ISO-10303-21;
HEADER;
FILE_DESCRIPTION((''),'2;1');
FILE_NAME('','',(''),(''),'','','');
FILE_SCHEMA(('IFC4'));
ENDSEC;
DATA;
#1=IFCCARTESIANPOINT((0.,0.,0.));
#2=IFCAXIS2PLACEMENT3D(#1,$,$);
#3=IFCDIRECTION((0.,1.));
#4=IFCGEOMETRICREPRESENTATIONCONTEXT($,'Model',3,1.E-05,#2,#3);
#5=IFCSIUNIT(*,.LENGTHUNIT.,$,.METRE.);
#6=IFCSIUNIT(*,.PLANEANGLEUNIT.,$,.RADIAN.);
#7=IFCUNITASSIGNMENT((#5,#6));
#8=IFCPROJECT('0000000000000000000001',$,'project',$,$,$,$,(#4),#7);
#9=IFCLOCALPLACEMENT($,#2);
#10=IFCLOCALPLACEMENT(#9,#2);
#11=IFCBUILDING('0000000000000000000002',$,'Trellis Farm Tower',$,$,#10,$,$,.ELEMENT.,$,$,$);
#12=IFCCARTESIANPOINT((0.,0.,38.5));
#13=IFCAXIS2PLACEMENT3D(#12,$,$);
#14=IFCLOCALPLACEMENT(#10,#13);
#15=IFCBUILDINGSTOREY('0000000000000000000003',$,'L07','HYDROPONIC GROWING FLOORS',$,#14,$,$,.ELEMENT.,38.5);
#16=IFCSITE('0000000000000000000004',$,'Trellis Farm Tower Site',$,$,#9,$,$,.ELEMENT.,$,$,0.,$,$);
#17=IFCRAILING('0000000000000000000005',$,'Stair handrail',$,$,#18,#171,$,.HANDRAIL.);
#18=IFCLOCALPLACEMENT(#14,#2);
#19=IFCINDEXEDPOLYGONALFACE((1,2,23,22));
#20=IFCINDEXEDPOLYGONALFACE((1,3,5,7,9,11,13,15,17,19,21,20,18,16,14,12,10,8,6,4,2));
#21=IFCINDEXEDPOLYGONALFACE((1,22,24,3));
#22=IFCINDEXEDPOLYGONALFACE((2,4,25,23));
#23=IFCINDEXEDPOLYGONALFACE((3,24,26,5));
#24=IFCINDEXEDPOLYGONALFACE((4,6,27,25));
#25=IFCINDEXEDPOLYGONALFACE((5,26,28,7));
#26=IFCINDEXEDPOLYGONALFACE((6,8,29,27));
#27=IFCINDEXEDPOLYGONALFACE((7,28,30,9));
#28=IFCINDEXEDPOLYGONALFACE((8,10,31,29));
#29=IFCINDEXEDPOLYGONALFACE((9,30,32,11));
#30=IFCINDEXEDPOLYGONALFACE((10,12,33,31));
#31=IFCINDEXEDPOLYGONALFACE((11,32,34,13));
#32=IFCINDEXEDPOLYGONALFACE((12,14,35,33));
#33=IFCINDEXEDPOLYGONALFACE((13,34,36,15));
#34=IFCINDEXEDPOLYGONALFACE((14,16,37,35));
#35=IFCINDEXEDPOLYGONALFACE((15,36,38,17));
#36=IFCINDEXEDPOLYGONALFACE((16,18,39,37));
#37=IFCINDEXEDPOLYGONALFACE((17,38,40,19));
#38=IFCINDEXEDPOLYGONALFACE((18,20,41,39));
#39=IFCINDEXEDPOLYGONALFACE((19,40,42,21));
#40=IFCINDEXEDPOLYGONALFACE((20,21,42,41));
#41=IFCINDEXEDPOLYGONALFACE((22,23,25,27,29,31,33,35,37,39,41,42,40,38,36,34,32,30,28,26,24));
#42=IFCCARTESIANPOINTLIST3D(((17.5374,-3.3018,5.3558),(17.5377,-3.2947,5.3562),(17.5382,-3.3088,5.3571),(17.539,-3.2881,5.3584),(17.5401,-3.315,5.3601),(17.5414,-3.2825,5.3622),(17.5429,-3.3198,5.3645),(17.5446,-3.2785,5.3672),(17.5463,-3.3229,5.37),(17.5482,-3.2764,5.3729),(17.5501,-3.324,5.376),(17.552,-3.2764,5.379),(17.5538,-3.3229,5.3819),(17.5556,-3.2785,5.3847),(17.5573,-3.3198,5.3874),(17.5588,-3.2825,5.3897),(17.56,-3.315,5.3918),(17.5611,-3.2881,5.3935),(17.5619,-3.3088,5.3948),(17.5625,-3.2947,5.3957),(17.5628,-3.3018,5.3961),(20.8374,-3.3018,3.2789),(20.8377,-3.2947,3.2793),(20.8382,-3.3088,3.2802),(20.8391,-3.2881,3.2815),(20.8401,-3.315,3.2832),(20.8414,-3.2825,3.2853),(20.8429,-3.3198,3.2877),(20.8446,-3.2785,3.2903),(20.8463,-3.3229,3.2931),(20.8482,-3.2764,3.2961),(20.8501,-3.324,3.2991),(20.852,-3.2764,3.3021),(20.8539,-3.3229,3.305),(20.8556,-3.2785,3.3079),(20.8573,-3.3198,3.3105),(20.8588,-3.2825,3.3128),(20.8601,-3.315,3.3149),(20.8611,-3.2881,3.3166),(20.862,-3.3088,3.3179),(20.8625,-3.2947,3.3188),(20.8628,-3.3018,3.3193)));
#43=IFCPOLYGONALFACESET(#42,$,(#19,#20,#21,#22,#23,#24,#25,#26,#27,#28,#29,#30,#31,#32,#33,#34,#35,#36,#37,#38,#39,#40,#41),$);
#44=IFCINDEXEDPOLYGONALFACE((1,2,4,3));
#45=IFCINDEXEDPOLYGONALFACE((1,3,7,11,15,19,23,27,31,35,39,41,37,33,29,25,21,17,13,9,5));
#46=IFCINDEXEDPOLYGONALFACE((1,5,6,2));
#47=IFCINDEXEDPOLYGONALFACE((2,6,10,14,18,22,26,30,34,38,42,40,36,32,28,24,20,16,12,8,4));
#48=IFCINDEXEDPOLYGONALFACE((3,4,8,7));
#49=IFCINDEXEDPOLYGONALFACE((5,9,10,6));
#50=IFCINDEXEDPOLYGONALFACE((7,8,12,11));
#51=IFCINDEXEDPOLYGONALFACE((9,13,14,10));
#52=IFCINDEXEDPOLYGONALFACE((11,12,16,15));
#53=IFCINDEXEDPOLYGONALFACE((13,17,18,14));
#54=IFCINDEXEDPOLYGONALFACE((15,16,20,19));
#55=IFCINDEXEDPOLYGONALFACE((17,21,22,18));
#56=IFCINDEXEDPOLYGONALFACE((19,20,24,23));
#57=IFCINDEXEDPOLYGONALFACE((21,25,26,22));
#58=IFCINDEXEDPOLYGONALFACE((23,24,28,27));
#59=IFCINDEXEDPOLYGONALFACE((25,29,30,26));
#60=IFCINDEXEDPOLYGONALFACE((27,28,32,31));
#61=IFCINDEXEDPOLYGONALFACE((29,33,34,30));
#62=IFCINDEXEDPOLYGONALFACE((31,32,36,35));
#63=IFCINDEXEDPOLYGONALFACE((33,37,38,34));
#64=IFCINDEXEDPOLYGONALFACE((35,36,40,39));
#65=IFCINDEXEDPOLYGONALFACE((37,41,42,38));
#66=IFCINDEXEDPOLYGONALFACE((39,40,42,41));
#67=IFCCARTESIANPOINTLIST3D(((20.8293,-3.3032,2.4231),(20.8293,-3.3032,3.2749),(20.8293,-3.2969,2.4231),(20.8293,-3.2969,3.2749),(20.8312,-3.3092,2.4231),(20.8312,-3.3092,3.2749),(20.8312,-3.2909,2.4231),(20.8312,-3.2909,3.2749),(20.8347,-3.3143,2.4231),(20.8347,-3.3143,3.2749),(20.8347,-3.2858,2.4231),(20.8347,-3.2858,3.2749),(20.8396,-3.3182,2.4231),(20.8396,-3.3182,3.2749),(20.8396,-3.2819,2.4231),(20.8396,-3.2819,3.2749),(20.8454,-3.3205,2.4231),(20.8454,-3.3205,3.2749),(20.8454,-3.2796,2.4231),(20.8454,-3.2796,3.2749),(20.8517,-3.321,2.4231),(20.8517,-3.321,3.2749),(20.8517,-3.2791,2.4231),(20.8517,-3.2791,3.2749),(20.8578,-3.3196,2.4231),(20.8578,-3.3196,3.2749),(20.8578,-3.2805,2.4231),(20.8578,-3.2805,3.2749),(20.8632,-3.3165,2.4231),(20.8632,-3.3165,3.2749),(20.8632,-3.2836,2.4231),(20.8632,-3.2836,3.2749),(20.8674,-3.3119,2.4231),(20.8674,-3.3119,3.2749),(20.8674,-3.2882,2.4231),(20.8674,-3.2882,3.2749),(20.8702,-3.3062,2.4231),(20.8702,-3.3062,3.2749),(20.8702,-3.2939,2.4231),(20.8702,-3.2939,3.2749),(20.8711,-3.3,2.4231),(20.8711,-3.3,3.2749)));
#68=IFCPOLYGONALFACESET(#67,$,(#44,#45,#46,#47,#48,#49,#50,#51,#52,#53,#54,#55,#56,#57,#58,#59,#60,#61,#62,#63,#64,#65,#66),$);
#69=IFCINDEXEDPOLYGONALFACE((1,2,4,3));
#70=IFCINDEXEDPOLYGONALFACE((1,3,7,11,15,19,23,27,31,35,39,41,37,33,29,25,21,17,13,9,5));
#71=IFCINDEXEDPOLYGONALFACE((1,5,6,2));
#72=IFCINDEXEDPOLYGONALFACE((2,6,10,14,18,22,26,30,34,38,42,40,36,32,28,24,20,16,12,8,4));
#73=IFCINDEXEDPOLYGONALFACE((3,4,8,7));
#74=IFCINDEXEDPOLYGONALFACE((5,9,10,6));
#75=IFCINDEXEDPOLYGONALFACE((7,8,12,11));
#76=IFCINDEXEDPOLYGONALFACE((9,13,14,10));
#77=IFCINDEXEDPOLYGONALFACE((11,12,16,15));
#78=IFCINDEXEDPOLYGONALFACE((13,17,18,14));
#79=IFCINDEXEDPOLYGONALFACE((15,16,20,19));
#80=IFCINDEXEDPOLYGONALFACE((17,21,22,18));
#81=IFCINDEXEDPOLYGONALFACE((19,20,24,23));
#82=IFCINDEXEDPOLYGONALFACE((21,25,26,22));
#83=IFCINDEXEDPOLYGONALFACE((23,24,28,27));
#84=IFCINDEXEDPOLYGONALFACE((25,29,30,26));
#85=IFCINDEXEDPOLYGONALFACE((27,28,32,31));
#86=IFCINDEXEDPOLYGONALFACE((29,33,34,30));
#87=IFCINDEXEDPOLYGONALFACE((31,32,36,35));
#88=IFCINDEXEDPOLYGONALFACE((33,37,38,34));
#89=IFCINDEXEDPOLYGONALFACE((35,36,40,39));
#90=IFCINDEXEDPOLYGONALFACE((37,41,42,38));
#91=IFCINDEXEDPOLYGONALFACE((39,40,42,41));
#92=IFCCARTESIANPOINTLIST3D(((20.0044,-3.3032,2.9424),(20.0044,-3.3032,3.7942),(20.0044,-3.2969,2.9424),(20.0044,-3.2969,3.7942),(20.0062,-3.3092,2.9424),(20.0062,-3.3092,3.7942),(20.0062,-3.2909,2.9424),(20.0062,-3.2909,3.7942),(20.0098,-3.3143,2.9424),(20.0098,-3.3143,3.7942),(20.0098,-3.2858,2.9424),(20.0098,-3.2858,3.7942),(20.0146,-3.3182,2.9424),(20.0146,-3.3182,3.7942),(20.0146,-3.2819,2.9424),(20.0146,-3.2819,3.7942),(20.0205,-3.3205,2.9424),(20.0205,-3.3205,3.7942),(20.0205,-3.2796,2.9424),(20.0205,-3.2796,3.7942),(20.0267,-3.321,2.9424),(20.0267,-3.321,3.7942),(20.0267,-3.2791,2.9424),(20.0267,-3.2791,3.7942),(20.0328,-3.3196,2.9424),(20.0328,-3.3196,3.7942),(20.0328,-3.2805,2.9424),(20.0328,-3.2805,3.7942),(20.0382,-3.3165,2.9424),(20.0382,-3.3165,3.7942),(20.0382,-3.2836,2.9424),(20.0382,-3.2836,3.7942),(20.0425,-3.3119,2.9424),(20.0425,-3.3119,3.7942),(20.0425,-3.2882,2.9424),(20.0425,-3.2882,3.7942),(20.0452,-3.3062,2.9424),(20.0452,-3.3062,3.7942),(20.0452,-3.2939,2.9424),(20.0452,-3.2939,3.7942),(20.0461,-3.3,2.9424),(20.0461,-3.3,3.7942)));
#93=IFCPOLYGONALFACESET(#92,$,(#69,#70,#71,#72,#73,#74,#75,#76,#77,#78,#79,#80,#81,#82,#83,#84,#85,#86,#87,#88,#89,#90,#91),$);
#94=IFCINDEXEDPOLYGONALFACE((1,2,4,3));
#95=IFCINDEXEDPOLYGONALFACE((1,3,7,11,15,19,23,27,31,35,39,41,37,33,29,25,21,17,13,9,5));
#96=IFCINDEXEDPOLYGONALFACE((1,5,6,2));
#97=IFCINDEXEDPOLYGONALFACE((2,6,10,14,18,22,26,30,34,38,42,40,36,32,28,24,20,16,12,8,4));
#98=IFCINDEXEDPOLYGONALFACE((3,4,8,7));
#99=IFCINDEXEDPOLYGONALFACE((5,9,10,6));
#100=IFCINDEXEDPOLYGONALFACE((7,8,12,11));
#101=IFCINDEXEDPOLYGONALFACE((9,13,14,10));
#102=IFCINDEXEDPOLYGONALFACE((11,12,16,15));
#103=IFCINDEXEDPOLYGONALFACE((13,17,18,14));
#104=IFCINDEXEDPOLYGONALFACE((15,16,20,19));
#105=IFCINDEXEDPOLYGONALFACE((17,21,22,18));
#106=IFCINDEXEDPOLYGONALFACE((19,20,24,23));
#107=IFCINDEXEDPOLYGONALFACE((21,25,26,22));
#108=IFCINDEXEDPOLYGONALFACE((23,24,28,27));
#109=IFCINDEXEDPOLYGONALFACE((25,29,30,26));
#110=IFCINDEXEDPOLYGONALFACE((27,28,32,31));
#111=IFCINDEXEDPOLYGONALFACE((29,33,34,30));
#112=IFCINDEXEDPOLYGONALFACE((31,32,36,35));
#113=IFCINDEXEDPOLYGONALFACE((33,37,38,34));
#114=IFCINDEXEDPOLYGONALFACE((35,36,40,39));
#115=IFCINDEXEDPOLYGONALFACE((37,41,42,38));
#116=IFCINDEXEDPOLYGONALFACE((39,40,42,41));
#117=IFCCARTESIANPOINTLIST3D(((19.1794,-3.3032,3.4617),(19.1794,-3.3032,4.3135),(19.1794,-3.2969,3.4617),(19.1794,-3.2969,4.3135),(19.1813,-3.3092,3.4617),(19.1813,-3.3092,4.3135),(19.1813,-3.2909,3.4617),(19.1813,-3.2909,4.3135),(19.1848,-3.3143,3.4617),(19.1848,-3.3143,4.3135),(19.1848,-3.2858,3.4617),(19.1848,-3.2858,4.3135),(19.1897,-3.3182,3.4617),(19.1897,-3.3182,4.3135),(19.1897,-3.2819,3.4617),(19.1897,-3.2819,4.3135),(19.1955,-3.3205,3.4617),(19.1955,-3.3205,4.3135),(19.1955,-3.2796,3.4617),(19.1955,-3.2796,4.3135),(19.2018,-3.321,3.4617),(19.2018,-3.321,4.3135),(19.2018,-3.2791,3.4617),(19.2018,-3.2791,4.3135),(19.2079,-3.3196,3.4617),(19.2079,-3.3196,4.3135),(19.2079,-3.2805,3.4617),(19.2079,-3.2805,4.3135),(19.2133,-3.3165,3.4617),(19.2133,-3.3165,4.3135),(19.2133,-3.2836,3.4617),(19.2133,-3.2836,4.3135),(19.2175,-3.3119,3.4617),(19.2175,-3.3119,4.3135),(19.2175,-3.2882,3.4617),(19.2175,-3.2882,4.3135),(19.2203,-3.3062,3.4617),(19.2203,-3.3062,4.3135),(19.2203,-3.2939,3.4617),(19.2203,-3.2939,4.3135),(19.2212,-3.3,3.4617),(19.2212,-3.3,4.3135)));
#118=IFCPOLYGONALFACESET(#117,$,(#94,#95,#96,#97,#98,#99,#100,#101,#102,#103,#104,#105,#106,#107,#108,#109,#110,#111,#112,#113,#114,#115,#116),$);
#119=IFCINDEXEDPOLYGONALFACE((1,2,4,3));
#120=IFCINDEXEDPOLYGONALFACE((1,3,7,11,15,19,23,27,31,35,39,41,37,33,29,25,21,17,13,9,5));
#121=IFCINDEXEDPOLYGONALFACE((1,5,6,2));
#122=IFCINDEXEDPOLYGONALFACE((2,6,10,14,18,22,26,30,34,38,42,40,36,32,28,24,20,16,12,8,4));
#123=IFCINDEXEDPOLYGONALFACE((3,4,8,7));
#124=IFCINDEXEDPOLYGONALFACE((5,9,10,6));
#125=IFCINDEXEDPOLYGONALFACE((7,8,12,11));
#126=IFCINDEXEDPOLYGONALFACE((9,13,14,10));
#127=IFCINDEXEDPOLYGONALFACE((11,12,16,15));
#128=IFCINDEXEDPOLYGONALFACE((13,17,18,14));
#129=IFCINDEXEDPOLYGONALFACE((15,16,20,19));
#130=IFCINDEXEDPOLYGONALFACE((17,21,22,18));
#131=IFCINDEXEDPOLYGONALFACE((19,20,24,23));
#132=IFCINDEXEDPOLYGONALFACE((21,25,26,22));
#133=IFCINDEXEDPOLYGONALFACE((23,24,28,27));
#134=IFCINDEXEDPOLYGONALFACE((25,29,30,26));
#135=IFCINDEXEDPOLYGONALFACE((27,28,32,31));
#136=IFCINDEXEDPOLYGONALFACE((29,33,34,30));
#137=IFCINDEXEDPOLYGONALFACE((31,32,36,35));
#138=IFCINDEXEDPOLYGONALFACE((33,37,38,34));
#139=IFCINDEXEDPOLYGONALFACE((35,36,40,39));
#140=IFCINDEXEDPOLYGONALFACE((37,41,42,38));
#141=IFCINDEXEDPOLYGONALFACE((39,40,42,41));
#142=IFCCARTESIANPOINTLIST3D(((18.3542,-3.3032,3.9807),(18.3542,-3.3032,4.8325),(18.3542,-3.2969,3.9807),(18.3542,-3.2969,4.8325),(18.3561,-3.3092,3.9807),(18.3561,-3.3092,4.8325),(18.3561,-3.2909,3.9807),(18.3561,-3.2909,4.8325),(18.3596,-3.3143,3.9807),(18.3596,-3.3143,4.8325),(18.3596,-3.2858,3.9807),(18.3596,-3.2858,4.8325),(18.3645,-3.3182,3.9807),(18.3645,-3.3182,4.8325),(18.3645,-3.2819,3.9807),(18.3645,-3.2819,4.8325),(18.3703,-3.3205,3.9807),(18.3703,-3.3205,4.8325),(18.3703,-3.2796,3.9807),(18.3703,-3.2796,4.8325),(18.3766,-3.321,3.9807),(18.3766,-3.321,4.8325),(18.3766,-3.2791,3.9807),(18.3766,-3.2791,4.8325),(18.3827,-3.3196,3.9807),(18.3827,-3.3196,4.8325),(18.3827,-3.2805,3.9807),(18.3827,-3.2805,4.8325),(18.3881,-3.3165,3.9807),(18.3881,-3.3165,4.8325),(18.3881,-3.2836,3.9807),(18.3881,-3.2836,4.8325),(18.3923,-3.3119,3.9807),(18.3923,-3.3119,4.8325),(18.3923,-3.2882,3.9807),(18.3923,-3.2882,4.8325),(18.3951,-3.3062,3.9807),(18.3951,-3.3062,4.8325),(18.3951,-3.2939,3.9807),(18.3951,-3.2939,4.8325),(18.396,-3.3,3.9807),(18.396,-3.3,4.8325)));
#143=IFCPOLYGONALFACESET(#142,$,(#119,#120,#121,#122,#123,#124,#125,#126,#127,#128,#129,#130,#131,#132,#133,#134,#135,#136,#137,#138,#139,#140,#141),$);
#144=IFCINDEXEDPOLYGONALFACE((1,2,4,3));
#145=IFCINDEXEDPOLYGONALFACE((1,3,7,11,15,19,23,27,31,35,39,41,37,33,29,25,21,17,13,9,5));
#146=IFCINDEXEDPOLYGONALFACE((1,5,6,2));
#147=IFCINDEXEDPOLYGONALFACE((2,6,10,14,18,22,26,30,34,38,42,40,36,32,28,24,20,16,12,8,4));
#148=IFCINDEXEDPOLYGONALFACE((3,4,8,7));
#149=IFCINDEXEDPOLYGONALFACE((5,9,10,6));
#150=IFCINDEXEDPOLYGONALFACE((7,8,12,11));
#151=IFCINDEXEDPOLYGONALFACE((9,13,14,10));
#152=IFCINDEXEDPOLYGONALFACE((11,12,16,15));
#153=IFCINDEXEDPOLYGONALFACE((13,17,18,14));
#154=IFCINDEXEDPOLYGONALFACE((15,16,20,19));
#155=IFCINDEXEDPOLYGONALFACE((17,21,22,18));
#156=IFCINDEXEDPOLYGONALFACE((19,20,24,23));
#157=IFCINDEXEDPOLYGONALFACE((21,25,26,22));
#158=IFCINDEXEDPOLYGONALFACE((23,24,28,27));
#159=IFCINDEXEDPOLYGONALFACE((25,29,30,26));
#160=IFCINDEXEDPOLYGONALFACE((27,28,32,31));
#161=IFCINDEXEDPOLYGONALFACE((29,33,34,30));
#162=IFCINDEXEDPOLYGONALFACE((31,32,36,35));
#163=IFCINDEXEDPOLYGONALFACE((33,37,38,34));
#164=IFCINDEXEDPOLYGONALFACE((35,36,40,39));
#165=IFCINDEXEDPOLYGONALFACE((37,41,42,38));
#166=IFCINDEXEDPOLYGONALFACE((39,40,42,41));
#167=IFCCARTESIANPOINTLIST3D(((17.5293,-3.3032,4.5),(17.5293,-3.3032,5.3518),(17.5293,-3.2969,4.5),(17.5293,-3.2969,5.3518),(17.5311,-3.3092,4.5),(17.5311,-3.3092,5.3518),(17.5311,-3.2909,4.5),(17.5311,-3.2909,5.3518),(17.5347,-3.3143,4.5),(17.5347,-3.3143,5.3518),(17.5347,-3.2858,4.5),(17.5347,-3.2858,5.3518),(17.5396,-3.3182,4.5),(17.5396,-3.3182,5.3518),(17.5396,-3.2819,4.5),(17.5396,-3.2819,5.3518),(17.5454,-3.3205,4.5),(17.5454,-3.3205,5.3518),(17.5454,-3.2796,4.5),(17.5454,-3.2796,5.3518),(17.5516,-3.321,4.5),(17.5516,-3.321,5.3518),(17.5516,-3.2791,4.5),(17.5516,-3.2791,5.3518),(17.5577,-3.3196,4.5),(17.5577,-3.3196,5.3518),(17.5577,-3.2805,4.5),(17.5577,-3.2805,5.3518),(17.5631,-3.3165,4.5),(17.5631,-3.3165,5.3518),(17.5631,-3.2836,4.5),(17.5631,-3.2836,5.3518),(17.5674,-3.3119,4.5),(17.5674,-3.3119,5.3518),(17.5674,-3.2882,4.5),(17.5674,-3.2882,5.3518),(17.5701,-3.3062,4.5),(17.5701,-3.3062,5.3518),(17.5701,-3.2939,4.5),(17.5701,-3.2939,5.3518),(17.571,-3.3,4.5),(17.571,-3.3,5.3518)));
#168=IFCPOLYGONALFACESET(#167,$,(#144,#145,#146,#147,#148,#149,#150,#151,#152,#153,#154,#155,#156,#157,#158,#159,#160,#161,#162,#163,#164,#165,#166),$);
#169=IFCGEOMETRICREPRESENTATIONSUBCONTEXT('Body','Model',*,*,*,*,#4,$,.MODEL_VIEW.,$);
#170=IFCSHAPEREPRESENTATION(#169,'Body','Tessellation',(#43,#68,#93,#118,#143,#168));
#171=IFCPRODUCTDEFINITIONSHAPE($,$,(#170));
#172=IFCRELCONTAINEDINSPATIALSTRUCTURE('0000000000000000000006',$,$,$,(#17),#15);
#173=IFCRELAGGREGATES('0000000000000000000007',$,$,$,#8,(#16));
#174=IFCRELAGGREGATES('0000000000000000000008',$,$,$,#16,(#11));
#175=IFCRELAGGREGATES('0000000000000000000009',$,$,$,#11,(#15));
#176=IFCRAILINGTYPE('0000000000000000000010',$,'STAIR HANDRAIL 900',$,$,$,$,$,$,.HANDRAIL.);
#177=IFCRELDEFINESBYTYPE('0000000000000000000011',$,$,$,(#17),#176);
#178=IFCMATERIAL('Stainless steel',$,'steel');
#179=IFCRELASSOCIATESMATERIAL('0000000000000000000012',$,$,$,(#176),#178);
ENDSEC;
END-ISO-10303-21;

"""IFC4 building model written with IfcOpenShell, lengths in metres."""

from ifc_helpers import new_model, si_unit, direction, frame, origin, origin_2d, place, context, subcontext, project, spatial, circle, extrude, source, transform, mapped, material, type_object, element, save


model = new_model("IFC4")

# Units and contexts
model_context = context("Model", 3, precision=1e-05, world=origin(), true_north=direction((0.0, 1.0)))
body_context = subcontext(model_context, "Body", "Model", "MODEL_VIEW")
ifc_project = project(units=[si_unit("LENGTHUNIT", "METRE"), si_unit("PLANEANGLEUNIT", "RADIAN")], contexts=[model_context])

# Site, building, storey
site_placement = place(None, origin())
site = spatial("IfcSite", under=ifc_project, at=site_placement, Name="Trellis Farm Tower Site", CompositionType="ELEMENT", RefElevation=0.0)
building_placement = place(site_placement, origin())
building = spatial("IfcBuilding", under=site, at=building_placement, Name="Trellis Farm Tower", CompositionType="ELEMENT")
storey_placement = place(building_placement, frame((0.0, 0.0, 38.5)))
storey = spatial("IfcBuildingStorey", under=building, at=storey_placement, Name="L07", Description="HYDROPONIC GROWING FLOORS", CompositionType="ELEMENT", Elevation=38.5)

# Railing
ifc_material_1 = material(Name="Stainless steel", Category="steel")
railing_type = type_object("IfcRailingType", Name="STAIR HANDRAIL 900", PredefinedType="HANDRAIL", material=ifc_material_1)
shared_shape_1 = source(origin(), body_context, "Body", "SweptSolid", [
    extrude(circle(Radius=0.0239, at=origin_2d()), frame((0.0, 0.0, 0.876), z_axis=(-0.846337, 0.0, 0.532647), x_axis=(0.0, -1.0, 0.0)), (0.0, 0.0, 1.0), 3.8992),
    extrude(circle(Radius=0.021, at=origin_2d()), origin(), (0.0, 0.0, 1.0), 0.8518),
    extrude(circle(Radius=0.021, at=origin_2d()), frame((-0.825, 0.0, 0.5193)), (0.0, 0.0, 1.0), 0.8518),
    extrude(circle(Radius=0.021, at=origin_2d()), frame((-1.6499, 0.0, 1.0386)), (0.0, 0.0, 1.0), 0.8518),
    extrude(circle(Radius=0.021, at=origin_2d()), frame((-2.4751, 0.0, 1.5576)), (0.0, 0.0, 1.0), 0.8518),
    extrude(circle(Radius=0.021, at=origin_2d()), frame((-3.3, 0.0, 2.0769)), (0.0, 0.0, 1.0), 0.8518),
])
for number, where, name in (
    (1, (20.8501, -3.3, 2.4231), "Stair handrail"),
):
    element("IfcRailing", number, at=place(storey_placement, frame(where)), inside=storey, type_object=railing_type, Name=name, PredefinedType="HANDRAIL", context=body_context, shape_type="MappedRepresentation", body=[
        mapped(shared_shape_1, transform((0.0, 0.0, 0.0))),
    ])

save(model, "model.ifc")
